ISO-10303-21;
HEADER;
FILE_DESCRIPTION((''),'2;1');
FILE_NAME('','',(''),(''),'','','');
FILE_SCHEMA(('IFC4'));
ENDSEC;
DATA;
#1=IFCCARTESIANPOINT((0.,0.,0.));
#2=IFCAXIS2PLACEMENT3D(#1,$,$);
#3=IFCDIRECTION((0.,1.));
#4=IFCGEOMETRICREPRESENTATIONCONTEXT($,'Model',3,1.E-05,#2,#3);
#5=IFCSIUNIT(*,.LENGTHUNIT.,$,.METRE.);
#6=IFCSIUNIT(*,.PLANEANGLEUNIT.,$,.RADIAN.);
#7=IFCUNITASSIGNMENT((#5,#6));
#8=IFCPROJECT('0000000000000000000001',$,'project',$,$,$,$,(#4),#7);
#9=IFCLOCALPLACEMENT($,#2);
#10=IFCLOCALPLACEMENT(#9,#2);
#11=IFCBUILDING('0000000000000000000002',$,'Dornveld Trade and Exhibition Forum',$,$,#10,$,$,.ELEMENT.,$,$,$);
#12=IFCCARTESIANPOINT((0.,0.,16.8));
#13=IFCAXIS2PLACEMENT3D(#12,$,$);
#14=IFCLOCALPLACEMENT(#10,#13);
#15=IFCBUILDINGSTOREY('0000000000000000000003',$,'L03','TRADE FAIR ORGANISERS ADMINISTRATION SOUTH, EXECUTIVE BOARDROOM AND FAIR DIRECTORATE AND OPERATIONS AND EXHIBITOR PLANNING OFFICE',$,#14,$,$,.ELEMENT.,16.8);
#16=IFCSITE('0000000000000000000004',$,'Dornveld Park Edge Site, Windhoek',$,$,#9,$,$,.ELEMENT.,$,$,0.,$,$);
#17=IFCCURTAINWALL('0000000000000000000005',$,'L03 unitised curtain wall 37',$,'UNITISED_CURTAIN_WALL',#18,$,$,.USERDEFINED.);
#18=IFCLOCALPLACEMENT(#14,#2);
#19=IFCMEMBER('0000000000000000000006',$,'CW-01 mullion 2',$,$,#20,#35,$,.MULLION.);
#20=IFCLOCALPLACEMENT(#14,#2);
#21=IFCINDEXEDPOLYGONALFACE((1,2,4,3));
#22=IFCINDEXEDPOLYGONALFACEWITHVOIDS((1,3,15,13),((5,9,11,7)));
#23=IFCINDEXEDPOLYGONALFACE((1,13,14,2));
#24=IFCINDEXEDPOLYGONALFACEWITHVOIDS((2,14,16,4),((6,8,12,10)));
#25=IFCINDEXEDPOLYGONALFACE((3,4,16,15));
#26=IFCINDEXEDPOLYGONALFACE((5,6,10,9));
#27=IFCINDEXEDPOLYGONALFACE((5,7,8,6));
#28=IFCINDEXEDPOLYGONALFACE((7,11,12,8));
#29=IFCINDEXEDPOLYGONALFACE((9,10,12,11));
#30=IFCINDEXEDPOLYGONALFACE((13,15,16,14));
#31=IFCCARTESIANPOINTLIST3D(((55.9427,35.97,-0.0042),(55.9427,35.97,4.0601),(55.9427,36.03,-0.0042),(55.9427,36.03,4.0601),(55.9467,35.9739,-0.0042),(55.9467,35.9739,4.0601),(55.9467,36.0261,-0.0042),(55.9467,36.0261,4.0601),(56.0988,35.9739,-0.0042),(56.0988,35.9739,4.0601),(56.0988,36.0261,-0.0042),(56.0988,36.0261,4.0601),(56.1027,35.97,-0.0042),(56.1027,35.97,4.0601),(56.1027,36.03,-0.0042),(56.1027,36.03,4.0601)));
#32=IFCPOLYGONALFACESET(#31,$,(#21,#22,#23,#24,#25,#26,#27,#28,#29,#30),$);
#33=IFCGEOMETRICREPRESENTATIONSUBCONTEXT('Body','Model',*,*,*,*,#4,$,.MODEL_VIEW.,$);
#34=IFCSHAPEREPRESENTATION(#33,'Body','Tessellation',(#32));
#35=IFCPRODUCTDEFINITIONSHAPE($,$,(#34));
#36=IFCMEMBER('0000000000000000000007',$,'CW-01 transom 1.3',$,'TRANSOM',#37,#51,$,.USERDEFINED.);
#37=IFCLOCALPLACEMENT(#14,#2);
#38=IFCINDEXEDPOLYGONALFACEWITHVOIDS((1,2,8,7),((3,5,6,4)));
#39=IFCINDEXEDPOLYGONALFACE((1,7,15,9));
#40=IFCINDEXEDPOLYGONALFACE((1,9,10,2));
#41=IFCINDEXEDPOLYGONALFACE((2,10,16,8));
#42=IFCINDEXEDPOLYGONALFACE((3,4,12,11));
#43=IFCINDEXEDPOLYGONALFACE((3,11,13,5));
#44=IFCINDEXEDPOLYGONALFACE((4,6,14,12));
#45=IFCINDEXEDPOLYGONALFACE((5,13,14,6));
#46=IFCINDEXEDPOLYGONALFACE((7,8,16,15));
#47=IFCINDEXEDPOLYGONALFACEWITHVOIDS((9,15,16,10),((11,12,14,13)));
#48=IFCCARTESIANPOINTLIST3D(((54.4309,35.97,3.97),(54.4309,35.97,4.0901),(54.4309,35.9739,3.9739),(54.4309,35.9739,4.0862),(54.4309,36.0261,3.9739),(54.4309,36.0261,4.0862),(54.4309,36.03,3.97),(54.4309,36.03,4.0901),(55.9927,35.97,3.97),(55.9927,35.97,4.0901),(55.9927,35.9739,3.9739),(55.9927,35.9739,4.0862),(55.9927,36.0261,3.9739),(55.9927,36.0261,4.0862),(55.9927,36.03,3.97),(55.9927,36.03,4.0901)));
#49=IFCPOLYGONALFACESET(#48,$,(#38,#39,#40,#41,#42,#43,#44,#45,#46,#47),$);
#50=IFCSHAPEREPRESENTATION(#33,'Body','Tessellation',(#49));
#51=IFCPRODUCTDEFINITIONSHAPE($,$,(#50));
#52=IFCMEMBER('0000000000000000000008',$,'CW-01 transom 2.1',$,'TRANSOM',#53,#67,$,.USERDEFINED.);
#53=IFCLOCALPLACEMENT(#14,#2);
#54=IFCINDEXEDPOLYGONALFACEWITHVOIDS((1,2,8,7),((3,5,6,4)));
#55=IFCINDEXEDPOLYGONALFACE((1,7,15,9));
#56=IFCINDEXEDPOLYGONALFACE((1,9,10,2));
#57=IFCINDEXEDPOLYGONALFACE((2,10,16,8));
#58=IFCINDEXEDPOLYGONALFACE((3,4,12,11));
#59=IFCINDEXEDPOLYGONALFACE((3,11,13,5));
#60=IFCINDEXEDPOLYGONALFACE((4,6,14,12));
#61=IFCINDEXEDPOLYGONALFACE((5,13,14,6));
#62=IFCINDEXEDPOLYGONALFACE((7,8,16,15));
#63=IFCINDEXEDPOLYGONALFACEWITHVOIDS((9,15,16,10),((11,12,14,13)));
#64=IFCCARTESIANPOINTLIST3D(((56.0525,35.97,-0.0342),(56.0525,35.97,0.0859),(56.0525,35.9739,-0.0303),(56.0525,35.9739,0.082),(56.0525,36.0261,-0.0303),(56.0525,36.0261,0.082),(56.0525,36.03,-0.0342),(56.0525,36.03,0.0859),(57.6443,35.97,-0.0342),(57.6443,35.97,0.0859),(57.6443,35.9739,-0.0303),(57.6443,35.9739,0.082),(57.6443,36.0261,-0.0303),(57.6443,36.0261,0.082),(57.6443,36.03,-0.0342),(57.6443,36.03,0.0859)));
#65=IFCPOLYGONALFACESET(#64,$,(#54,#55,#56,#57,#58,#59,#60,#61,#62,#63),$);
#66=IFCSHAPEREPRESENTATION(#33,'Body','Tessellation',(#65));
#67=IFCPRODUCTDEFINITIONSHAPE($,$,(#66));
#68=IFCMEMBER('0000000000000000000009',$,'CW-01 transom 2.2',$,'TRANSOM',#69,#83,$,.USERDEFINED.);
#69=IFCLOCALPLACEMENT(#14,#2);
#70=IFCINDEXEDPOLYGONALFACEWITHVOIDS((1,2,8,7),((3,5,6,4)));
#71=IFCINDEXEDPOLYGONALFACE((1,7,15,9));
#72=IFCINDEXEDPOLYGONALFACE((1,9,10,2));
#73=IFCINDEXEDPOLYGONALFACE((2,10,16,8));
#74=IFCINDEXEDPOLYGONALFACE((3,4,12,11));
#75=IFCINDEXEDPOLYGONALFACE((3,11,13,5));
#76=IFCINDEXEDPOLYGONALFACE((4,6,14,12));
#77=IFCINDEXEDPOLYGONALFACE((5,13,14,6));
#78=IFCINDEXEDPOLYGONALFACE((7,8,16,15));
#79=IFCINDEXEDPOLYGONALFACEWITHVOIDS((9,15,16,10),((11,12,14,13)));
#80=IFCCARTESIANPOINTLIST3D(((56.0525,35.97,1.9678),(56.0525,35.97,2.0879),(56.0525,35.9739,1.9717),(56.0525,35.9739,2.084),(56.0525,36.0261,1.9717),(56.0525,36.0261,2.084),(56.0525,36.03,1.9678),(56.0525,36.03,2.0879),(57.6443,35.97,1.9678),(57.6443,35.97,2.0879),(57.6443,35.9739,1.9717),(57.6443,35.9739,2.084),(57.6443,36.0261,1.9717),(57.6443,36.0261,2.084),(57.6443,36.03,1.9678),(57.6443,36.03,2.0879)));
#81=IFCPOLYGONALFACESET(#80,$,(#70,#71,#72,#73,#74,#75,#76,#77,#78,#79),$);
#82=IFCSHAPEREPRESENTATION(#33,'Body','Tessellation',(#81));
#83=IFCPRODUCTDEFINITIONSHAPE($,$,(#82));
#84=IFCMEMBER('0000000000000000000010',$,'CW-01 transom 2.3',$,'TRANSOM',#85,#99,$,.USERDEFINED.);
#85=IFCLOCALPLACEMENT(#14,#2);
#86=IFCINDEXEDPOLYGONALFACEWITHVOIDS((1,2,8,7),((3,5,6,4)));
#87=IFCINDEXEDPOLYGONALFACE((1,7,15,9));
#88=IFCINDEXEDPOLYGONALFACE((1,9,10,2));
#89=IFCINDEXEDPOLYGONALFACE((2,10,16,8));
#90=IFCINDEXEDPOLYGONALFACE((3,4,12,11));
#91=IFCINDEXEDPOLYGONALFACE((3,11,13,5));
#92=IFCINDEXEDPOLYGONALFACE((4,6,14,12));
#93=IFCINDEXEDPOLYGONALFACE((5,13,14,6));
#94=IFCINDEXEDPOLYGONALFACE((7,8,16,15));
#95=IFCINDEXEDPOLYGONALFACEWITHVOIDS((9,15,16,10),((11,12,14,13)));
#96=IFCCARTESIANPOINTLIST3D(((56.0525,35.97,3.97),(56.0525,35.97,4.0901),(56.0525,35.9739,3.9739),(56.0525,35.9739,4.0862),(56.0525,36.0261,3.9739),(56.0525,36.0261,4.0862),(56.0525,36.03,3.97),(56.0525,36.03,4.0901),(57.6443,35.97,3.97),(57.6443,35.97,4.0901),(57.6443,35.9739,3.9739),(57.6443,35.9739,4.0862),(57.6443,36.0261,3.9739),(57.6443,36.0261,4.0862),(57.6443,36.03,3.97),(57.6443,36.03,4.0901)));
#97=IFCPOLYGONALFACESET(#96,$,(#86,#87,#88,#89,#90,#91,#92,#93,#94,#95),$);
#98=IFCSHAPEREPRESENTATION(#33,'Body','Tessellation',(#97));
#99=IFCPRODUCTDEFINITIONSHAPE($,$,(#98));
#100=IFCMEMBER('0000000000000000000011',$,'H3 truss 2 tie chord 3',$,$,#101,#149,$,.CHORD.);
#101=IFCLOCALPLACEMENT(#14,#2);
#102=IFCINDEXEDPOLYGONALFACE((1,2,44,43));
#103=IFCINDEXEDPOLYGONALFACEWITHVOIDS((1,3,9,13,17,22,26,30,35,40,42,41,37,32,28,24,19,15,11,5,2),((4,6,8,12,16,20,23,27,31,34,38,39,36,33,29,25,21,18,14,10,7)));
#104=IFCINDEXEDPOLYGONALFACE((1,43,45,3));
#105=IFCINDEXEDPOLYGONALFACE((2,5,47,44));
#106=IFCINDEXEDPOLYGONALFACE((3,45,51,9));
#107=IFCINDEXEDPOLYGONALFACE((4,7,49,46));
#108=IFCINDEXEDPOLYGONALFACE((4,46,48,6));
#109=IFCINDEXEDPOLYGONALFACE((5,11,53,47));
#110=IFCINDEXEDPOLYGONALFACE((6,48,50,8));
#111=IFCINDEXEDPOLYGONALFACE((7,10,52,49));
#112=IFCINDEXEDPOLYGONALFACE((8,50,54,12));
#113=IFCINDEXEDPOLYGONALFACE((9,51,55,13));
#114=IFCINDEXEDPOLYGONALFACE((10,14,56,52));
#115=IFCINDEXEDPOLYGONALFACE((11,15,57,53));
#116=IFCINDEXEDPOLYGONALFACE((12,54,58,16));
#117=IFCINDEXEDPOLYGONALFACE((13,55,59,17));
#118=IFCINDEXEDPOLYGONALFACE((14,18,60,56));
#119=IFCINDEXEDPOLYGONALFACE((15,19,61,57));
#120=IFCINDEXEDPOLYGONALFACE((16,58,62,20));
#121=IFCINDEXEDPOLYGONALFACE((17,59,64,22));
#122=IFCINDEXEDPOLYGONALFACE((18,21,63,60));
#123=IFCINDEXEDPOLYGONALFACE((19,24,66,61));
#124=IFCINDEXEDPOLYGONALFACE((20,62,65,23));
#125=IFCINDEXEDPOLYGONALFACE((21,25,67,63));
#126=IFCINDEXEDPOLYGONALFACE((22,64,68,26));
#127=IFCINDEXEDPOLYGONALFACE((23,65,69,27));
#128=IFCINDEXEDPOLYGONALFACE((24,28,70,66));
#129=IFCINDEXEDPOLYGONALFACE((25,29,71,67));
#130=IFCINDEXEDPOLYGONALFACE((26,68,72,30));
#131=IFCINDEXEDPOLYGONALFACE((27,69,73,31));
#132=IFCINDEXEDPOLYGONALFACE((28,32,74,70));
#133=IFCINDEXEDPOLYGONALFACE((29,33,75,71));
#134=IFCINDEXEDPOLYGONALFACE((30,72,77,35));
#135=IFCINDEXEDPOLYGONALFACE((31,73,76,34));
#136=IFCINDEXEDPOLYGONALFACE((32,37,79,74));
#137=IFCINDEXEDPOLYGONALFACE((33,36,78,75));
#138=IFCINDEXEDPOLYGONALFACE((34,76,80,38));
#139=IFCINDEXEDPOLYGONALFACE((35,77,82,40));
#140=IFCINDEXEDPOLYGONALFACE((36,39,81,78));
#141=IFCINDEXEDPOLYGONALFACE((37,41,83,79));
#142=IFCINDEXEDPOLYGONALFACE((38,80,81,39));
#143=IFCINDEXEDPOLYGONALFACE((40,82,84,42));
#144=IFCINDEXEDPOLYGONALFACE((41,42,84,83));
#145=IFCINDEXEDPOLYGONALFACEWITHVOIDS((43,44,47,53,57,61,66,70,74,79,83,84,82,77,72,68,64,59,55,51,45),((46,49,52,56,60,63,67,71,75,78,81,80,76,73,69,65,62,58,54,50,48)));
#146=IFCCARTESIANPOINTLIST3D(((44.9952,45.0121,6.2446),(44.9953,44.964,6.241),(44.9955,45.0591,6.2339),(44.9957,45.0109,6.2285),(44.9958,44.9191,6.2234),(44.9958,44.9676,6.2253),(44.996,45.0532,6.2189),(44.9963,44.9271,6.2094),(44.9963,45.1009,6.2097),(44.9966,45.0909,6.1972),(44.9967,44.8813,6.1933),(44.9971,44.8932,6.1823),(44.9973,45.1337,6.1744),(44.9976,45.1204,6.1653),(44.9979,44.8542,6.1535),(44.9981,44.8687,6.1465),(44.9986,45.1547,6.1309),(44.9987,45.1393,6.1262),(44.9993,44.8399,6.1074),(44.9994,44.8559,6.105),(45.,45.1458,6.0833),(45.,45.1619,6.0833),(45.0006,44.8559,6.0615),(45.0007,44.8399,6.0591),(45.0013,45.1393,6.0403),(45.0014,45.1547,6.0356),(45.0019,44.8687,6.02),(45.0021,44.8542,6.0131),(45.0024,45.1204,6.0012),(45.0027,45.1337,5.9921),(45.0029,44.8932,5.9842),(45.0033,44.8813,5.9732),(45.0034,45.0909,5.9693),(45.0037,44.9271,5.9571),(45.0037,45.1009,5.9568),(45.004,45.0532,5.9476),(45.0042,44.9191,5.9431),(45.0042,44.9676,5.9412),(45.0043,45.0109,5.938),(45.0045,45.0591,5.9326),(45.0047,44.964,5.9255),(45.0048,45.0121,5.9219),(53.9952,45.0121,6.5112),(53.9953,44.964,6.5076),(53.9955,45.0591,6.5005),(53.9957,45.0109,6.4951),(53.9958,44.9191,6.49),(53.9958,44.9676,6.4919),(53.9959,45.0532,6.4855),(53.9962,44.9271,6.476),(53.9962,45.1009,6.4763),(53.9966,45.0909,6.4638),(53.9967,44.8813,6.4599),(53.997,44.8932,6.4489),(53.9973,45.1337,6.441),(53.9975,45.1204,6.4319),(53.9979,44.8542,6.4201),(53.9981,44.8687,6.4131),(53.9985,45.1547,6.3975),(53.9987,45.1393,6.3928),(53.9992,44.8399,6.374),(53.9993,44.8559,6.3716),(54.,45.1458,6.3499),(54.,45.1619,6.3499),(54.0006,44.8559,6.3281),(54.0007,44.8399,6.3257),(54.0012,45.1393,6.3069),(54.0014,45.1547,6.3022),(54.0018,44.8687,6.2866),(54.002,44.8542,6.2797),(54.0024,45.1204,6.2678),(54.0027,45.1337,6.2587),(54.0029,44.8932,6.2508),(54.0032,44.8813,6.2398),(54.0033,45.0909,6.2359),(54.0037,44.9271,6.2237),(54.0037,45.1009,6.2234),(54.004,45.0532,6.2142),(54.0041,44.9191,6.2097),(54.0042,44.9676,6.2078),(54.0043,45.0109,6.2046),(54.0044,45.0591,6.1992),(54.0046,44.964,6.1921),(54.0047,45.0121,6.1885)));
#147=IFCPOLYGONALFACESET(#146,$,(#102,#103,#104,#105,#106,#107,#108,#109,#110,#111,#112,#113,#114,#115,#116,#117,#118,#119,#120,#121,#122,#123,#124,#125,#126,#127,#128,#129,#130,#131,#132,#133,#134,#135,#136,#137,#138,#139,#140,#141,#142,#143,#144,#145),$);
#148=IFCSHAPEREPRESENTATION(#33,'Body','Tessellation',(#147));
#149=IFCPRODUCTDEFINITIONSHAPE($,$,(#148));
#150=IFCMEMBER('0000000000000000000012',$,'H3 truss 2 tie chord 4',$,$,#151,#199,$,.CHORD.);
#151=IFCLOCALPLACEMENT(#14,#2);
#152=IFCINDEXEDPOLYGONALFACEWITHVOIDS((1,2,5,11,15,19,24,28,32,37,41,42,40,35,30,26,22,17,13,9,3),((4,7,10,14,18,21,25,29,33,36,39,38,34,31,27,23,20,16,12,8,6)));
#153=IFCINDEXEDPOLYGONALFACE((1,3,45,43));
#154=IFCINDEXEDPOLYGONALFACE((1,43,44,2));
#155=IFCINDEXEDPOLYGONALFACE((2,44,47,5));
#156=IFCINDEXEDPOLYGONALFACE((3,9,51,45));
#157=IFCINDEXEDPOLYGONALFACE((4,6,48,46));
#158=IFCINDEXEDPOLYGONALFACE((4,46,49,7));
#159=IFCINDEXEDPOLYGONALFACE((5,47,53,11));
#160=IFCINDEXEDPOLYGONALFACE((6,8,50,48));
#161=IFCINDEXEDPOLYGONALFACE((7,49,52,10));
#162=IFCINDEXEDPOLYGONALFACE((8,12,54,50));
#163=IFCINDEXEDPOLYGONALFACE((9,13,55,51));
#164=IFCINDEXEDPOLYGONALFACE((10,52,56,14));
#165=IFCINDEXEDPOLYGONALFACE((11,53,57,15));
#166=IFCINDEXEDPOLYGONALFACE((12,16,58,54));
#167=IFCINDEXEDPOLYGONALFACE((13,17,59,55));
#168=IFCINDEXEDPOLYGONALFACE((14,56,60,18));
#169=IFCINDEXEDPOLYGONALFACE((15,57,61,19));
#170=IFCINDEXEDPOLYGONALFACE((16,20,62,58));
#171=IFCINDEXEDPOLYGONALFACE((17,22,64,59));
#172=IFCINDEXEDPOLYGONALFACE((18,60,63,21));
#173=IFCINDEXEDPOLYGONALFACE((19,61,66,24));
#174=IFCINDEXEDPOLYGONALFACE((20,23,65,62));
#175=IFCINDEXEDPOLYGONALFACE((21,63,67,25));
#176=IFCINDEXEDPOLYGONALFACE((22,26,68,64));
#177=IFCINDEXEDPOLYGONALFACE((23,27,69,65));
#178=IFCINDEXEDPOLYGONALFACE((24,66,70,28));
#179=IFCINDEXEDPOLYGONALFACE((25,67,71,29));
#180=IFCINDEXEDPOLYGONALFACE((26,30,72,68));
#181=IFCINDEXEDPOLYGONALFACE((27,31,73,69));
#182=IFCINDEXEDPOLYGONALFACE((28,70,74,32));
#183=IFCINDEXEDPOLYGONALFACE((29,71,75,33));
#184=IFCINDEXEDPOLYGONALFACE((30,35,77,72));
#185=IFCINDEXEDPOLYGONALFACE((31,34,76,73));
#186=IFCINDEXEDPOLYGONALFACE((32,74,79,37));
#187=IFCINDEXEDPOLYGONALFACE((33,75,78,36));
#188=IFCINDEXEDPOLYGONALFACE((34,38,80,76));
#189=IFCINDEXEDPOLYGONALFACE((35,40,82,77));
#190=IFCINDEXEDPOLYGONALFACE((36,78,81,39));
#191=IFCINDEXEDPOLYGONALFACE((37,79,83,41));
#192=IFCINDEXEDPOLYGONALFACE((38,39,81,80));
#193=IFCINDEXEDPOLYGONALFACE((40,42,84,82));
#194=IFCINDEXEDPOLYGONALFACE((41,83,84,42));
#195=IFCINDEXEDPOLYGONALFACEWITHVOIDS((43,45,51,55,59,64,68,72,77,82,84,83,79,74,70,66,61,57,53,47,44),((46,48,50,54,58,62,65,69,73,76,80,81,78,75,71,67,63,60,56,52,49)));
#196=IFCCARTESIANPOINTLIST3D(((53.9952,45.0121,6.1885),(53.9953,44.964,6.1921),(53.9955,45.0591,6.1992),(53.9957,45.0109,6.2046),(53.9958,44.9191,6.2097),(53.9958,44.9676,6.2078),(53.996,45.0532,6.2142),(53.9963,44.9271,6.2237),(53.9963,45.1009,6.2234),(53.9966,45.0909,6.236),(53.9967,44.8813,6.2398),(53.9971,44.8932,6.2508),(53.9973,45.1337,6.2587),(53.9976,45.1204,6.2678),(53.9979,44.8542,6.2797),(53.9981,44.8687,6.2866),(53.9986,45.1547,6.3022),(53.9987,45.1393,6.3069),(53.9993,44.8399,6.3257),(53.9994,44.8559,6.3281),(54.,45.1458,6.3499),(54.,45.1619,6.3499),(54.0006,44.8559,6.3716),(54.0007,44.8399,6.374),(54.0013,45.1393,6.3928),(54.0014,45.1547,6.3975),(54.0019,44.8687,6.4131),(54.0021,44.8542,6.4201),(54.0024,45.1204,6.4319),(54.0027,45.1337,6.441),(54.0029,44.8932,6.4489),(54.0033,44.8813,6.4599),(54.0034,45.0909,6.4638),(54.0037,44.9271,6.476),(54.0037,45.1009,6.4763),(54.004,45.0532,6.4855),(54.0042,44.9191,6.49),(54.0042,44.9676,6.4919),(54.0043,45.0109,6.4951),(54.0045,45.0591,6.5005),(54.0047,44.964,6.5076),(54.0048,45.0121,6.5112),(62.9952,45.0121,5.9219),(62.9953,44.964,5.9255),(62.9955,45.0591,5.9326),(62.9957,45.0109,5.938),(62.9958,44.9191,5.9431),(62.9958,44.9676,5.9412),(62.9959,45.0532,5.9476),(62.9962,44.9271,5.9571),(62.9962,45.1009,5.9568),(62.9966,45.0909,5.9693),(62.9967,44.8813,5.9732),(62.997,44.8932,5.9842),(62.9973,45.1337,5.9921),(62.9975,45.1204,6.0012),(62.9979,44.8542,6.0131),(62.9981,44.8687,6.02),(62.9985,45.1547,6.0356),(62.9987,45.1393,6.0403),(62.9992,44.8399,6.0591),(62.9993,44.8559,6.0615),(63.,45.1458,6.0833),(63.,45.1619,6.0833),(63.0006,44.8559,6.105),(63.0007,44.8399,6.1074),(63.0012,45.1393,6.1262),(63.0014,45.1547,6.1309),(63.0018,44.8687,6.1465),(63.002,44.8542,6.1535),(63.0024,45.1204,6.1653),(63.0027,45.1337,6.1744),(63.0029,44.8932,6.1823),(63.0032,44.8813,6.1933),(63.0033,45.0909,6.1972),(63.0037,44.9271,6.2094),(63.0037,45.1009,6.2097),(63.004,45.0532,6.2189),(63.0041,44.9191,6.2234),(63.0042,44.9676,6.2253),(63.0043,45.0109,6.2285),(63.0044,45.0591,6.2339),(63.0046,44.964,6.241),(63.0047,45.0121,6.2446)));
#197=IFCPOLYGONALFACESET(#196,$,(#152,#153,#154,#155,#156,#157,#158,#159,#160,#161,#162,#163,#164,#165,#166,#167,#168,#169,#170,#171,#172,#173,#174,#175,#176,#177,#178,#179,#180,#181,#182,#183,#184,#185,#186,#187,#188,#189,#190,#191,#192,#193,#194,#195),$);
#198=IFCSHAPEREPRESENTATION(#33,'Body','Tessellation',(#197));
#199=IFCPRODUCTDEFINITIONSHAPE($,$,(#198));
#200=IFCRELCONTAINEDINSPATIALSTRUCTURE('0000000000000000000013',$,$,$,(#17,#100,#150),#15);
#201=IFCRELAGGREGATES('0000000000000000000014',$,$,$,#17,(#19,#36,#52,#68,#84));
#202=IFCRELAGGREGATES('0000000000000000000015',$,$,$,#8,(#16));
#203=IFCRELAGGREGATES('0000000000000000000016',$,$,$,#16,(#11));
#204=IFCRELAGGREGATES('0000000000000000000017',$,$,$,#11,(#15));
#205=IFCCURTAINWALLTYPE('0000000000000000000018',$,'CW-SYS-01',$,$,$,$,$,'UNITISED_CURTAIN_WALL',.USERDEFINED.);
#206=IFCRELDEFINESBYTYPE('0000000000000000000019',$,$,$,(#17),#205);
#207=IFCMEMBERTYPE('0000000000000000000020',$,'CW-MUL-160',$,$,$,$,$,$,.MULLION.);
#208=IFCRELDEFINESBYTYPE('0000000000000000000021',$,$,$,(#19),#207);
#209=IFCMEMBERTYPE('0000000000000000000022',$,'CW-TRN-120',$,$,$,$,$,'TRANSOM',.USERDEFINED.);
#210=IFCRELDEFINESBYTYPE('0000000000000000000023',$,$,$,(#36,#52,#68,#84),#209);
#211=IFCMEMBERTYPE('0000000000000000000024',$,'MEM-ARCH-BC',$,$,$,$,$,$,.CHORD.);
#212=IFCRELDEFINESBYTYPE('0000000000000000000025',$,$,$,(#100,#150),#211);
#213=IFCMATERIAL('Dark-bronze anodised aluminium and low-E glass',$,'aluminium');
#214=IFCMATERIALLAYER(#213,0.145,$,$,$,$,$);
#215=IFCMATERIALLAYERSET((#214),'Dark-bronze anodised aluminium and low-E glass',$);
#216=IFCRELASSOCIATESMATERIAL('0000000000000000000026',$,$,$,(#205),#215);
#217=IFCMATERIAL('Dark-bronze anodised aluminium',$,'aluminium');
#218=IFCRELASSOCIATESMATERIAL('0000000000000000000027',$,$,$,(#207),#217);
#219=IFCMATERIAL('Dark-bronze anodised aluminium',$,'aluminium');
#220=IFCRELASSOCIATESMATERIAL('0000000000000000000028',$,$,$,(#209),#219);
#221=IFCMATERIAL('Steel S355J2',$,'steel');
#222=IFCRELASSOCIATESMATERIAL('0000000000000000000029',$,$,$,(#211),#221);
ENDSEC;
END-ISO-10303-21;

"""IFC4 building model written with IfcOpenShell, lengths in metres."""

from ifc_helpers import new_model, si_unit, direction, frame, origin, origin_2d, place, context, subcontext, project, spatial, hollow_rectangle, hollow_circle, extrude, material, layer, layer_set, material_profile, profile_set, type_object, element, aggregate, save


model = new_model("IFC4")

# Units and contexts
model_context = context("Model", 3, precision=1e-05, world=origin(), true_north=direction((0.0, 1.0)))
body_context = subcontext(model_context, "Body", "Model", "MODEL_VIEW")
ifc_project = project(units=[si_unit("LENGTHUNIT", "METRE"), si_unit("PLANEANGLEUNIT", "RADIAN")], contexts=[model_context])

# Site, building, storey
site_placement = place(None, origin())
site = spatial("IfcSite", under=ifc_project, at=site_placement, Name="Dornveld Park Edge Site, Windhoek", CompositionType="ELEMENT", RefElevation=0.0)
building_placement = place(site_placement, origin())
building = spatial("IfcBuilding", under=site, at=building_placement, Name="Dornveld Trade and Exhibition Forum", CompositionType="ELEMENT")
storey_placement = place(building_placement, frame((0.0, 0.0, 16.8)))
storey = spatial("IfcBuildingStorey", under=building, at=storey_placement, Name="L03", Description="TRADE FAIR ORGANISERS ADMINISTRATION SOUTH, EXECUTIVE BOARDROOM AND FAIR DIRECTORATE AND OPERATIONS AND EXHIBITOR PLANNING OFFICE", CompositionType="ELEMENT", Elevation=16.8)

# Curtain wall, members
ifc_material_1 = material(Name="Dark-bronze anodised aluminium and low-E glass", Category="aluminium")
ifc_layer_1 = layer(ifc_material_1, 0.145)
ifc_layer_set_1 = layer_set([ifc_layer_1], Name="Dark-bronze anodised aluminium and low-E glass")
curtain_wall_type = type_object("IfcCurtainWallType", Name="CW-SYS-01", ElementType="UNITISED_CURTAIN_WALL", PredefinedType="USERDEFINED", material=ifc_layer_set_1)
curtain_wall_placement = place(storey_placement, origin())
curtain_wall = element("IfcCurtainWall", 1, at=curtain_wall_placement, inside=storey, type_object=curtain_wall_type, Name="L03 unitised curtain wall 37", ObjectType="UNITISED_CURTAIN_WALL", PredefinedType="USERDEFINED")
ifc_material_2 = material(Name="Dark-bronze anodised aluminium", Category="aluminium")
ifc_material_profile_1 = material_profile(ifc_material_2, hollow_rectangle(XDim=0.0601, YDim=0.1599, WallThickness=0.0039, at=origin_2d()), Name="RHS 160x60x4")
ifc_profile_set_1 = profile_set([ifc_material_profile_1], Name="Dark-bronze anodised aluminium")
member_type_1 = type_object("IfcMemberType", Name="CW-MUL-160", PredefinedType="MULLION", material=ifc_profile_set_1)
member_1_placement = place(storey_placement, frame((56.0227, 36.0, -0.0042), z_axis=(0.0, 0.0, 1.0), x_axis=(0.0, 1.0, 0.0)))
member_1 = element("IfcMember", 2, at=member_1_placement, type_object=member_type_1, Name="CW-01 mullion 2", PredefinedType="MULLION", context=body_context, shape_type="SweptSolid", body=[
    extrude(hollow_rectangle(XDim=0.0601, YDim=0.1599, WallThickness=0.0039, at=origin_2d()), origin(), (0.0, 0.0, 1.0), 4.0642),
])
ifc_material_3 = material(Name="Dark-bronze anodised aluminium", Category="aluminium")
ifc_material_profile_2 = material_profile(ifc_material_3, hollow_rectangle(XDim=0.0601, YDim=0.1201, WallThickness=0.0039, at=origin_2d()), Name="RHS 120x60x4")
ifc_profile_set_2 = profile_set([ifc_material_profile_2], Name="Dark-bronze anodised aluminium")
member_type_2 = type_object("IfcMemberType", Name="CW-TRN-120", ElementType="TRANSOM", PredefinedType="USERDEFINED", material=ifc_profile_set_2)
member_2_placement = place(storey_placement, frame((54.4309, 36.0, 4.03), z_axis=(1.0, 0.0, 0.0), x_axis=(0.0, 1.0, 0.0)))
member_2 = element("IfcMember", 3, at=member_2_placement, type_object=member_type_2, Name="CW-01 transom 1.3", ObjectType="TRANSOM", PredefinedType="USERDEFINED", context=body_context, shape_type="SweptSolid", body=[
    extrude(hollow_rectangle(XDim=0.0601, YDim=0.1201, WallThickness=0.0039, at=origin_2d()), origin(), (0.0, 0.0, 1.0), 1.5618),
])
member_3_placement = place(storey_placement, frame((56.0525, 36.0, 0.0259), z_axis=(1.0, 0.0, 0.0), x_axis=(0.0, 1.0, 0.0)))
member_3 = element("IfcMember", 4, at=member_3_placement, type_object=member_type_2, Name="CW-01 transom 2.1", ObjectType="TRANSOM", PredefinedType="USERDEFINED", context=body_context, shape_type="SweptSolid", body=[
    extrude(hollow_rectangle(XDim=0.0601, YDim=0.1201, WallThickness=0.0039, at=origin_2d()), origin(), (0.0, 0.0, 1.0), 1.5918),
])
member_4_placement = place(storey_placement, frame((56.0525, 36.0, 2.0278), z_axis=(1.0, 0.0, 0.0), x_axis=(0.0, 1.0, 0.0)))
member_4 = element("IfcMember", 5, at=member_4_placement, type_object=member_type_2, Name="CW-01 transom 2.2", ObjectType="TRANSOM", PredefinedType="USERDEFINED", context=body_context, shape_type="SweptSolid", body=[
    extrude(hollow_rectangle(XDim=0.0601, YDim=0.1201, WallThickness=0.0039, at=origin_2d()), origin(), (0.0, 0.0, 1.0), 1.5918),
])
member_5_placement = place(storey_placement, frame((56.0525, 36.0, 4.03), z_axis=(1.0, 0.0, 0.0), x_axis=(0.0, 1.0, 0.0)))
member_5 = element("IfcMember", 6, at=member_5_placement, type_object=member_type_2, Name="CW-01 transom 2.3", ObjectType="TRANSOM", PredefinedType="USERDEFINED", context=body_context, shape_type="SweptSolid", body=[
    extrude(hollow_rectangle(XDim=0.0601, YDim=0.1201, WallThickness=0.0039, at=origin_2d()), origin(), (0.0, 0.0, 1.0), 1.5918),
])

# Members
ifc_material_4 = material(Name="Steel S355J2", Category="steel")
ifc_material_profile_3 = material_profile(ifc_material_4, hollow_circle(Radius=0.1619, WallThickness=0.0161, at=origin_2d()), Name="CHS 323.9x16")
ifc_profile_set_3 = profile_set([ifc_material_profile_3], Name="Steel S355J2")
member_type_3 = type_object("IfcMemberType", Name="MEM-ARCH-BC", PredefinedType="CHORD", material=ifc_profile_set_3)
for number, where, z_axis, x_axis, name in (
    (7, (45.0, 45.0, 6.0833), (0.999562, 0.0, 0.029609), (0.0, 1.0, 0.0), "H3 truss 2 tie chord 3"),
    (8, (54.0, 45.0, 6.3499), (0.999562, 0.0, -0.029609), (0.0, 1.0, 0.0), "H3 truss 2 tie chord 4"),
):
    element("IfcMember", number, at=place(storey_placement, frame(where, z_axis=z_axis, x_axis=x_axis)), inside=storey, type_object=member_type_3, Name=name, PredefinedType="CHORD", context=body_context, shape_type="SweptSolid", body=[
        extrude(hollow_circle(Radius=0.1619, WallThickness=0.0161, at=origin_2d()), origin(), (0.0, 0.0, 1.0), 9.0039),
    ])

aggregate(curtain_wall, [member_1, member_2, member_3, member_4, member_5])

save(model, "model.ifc")
